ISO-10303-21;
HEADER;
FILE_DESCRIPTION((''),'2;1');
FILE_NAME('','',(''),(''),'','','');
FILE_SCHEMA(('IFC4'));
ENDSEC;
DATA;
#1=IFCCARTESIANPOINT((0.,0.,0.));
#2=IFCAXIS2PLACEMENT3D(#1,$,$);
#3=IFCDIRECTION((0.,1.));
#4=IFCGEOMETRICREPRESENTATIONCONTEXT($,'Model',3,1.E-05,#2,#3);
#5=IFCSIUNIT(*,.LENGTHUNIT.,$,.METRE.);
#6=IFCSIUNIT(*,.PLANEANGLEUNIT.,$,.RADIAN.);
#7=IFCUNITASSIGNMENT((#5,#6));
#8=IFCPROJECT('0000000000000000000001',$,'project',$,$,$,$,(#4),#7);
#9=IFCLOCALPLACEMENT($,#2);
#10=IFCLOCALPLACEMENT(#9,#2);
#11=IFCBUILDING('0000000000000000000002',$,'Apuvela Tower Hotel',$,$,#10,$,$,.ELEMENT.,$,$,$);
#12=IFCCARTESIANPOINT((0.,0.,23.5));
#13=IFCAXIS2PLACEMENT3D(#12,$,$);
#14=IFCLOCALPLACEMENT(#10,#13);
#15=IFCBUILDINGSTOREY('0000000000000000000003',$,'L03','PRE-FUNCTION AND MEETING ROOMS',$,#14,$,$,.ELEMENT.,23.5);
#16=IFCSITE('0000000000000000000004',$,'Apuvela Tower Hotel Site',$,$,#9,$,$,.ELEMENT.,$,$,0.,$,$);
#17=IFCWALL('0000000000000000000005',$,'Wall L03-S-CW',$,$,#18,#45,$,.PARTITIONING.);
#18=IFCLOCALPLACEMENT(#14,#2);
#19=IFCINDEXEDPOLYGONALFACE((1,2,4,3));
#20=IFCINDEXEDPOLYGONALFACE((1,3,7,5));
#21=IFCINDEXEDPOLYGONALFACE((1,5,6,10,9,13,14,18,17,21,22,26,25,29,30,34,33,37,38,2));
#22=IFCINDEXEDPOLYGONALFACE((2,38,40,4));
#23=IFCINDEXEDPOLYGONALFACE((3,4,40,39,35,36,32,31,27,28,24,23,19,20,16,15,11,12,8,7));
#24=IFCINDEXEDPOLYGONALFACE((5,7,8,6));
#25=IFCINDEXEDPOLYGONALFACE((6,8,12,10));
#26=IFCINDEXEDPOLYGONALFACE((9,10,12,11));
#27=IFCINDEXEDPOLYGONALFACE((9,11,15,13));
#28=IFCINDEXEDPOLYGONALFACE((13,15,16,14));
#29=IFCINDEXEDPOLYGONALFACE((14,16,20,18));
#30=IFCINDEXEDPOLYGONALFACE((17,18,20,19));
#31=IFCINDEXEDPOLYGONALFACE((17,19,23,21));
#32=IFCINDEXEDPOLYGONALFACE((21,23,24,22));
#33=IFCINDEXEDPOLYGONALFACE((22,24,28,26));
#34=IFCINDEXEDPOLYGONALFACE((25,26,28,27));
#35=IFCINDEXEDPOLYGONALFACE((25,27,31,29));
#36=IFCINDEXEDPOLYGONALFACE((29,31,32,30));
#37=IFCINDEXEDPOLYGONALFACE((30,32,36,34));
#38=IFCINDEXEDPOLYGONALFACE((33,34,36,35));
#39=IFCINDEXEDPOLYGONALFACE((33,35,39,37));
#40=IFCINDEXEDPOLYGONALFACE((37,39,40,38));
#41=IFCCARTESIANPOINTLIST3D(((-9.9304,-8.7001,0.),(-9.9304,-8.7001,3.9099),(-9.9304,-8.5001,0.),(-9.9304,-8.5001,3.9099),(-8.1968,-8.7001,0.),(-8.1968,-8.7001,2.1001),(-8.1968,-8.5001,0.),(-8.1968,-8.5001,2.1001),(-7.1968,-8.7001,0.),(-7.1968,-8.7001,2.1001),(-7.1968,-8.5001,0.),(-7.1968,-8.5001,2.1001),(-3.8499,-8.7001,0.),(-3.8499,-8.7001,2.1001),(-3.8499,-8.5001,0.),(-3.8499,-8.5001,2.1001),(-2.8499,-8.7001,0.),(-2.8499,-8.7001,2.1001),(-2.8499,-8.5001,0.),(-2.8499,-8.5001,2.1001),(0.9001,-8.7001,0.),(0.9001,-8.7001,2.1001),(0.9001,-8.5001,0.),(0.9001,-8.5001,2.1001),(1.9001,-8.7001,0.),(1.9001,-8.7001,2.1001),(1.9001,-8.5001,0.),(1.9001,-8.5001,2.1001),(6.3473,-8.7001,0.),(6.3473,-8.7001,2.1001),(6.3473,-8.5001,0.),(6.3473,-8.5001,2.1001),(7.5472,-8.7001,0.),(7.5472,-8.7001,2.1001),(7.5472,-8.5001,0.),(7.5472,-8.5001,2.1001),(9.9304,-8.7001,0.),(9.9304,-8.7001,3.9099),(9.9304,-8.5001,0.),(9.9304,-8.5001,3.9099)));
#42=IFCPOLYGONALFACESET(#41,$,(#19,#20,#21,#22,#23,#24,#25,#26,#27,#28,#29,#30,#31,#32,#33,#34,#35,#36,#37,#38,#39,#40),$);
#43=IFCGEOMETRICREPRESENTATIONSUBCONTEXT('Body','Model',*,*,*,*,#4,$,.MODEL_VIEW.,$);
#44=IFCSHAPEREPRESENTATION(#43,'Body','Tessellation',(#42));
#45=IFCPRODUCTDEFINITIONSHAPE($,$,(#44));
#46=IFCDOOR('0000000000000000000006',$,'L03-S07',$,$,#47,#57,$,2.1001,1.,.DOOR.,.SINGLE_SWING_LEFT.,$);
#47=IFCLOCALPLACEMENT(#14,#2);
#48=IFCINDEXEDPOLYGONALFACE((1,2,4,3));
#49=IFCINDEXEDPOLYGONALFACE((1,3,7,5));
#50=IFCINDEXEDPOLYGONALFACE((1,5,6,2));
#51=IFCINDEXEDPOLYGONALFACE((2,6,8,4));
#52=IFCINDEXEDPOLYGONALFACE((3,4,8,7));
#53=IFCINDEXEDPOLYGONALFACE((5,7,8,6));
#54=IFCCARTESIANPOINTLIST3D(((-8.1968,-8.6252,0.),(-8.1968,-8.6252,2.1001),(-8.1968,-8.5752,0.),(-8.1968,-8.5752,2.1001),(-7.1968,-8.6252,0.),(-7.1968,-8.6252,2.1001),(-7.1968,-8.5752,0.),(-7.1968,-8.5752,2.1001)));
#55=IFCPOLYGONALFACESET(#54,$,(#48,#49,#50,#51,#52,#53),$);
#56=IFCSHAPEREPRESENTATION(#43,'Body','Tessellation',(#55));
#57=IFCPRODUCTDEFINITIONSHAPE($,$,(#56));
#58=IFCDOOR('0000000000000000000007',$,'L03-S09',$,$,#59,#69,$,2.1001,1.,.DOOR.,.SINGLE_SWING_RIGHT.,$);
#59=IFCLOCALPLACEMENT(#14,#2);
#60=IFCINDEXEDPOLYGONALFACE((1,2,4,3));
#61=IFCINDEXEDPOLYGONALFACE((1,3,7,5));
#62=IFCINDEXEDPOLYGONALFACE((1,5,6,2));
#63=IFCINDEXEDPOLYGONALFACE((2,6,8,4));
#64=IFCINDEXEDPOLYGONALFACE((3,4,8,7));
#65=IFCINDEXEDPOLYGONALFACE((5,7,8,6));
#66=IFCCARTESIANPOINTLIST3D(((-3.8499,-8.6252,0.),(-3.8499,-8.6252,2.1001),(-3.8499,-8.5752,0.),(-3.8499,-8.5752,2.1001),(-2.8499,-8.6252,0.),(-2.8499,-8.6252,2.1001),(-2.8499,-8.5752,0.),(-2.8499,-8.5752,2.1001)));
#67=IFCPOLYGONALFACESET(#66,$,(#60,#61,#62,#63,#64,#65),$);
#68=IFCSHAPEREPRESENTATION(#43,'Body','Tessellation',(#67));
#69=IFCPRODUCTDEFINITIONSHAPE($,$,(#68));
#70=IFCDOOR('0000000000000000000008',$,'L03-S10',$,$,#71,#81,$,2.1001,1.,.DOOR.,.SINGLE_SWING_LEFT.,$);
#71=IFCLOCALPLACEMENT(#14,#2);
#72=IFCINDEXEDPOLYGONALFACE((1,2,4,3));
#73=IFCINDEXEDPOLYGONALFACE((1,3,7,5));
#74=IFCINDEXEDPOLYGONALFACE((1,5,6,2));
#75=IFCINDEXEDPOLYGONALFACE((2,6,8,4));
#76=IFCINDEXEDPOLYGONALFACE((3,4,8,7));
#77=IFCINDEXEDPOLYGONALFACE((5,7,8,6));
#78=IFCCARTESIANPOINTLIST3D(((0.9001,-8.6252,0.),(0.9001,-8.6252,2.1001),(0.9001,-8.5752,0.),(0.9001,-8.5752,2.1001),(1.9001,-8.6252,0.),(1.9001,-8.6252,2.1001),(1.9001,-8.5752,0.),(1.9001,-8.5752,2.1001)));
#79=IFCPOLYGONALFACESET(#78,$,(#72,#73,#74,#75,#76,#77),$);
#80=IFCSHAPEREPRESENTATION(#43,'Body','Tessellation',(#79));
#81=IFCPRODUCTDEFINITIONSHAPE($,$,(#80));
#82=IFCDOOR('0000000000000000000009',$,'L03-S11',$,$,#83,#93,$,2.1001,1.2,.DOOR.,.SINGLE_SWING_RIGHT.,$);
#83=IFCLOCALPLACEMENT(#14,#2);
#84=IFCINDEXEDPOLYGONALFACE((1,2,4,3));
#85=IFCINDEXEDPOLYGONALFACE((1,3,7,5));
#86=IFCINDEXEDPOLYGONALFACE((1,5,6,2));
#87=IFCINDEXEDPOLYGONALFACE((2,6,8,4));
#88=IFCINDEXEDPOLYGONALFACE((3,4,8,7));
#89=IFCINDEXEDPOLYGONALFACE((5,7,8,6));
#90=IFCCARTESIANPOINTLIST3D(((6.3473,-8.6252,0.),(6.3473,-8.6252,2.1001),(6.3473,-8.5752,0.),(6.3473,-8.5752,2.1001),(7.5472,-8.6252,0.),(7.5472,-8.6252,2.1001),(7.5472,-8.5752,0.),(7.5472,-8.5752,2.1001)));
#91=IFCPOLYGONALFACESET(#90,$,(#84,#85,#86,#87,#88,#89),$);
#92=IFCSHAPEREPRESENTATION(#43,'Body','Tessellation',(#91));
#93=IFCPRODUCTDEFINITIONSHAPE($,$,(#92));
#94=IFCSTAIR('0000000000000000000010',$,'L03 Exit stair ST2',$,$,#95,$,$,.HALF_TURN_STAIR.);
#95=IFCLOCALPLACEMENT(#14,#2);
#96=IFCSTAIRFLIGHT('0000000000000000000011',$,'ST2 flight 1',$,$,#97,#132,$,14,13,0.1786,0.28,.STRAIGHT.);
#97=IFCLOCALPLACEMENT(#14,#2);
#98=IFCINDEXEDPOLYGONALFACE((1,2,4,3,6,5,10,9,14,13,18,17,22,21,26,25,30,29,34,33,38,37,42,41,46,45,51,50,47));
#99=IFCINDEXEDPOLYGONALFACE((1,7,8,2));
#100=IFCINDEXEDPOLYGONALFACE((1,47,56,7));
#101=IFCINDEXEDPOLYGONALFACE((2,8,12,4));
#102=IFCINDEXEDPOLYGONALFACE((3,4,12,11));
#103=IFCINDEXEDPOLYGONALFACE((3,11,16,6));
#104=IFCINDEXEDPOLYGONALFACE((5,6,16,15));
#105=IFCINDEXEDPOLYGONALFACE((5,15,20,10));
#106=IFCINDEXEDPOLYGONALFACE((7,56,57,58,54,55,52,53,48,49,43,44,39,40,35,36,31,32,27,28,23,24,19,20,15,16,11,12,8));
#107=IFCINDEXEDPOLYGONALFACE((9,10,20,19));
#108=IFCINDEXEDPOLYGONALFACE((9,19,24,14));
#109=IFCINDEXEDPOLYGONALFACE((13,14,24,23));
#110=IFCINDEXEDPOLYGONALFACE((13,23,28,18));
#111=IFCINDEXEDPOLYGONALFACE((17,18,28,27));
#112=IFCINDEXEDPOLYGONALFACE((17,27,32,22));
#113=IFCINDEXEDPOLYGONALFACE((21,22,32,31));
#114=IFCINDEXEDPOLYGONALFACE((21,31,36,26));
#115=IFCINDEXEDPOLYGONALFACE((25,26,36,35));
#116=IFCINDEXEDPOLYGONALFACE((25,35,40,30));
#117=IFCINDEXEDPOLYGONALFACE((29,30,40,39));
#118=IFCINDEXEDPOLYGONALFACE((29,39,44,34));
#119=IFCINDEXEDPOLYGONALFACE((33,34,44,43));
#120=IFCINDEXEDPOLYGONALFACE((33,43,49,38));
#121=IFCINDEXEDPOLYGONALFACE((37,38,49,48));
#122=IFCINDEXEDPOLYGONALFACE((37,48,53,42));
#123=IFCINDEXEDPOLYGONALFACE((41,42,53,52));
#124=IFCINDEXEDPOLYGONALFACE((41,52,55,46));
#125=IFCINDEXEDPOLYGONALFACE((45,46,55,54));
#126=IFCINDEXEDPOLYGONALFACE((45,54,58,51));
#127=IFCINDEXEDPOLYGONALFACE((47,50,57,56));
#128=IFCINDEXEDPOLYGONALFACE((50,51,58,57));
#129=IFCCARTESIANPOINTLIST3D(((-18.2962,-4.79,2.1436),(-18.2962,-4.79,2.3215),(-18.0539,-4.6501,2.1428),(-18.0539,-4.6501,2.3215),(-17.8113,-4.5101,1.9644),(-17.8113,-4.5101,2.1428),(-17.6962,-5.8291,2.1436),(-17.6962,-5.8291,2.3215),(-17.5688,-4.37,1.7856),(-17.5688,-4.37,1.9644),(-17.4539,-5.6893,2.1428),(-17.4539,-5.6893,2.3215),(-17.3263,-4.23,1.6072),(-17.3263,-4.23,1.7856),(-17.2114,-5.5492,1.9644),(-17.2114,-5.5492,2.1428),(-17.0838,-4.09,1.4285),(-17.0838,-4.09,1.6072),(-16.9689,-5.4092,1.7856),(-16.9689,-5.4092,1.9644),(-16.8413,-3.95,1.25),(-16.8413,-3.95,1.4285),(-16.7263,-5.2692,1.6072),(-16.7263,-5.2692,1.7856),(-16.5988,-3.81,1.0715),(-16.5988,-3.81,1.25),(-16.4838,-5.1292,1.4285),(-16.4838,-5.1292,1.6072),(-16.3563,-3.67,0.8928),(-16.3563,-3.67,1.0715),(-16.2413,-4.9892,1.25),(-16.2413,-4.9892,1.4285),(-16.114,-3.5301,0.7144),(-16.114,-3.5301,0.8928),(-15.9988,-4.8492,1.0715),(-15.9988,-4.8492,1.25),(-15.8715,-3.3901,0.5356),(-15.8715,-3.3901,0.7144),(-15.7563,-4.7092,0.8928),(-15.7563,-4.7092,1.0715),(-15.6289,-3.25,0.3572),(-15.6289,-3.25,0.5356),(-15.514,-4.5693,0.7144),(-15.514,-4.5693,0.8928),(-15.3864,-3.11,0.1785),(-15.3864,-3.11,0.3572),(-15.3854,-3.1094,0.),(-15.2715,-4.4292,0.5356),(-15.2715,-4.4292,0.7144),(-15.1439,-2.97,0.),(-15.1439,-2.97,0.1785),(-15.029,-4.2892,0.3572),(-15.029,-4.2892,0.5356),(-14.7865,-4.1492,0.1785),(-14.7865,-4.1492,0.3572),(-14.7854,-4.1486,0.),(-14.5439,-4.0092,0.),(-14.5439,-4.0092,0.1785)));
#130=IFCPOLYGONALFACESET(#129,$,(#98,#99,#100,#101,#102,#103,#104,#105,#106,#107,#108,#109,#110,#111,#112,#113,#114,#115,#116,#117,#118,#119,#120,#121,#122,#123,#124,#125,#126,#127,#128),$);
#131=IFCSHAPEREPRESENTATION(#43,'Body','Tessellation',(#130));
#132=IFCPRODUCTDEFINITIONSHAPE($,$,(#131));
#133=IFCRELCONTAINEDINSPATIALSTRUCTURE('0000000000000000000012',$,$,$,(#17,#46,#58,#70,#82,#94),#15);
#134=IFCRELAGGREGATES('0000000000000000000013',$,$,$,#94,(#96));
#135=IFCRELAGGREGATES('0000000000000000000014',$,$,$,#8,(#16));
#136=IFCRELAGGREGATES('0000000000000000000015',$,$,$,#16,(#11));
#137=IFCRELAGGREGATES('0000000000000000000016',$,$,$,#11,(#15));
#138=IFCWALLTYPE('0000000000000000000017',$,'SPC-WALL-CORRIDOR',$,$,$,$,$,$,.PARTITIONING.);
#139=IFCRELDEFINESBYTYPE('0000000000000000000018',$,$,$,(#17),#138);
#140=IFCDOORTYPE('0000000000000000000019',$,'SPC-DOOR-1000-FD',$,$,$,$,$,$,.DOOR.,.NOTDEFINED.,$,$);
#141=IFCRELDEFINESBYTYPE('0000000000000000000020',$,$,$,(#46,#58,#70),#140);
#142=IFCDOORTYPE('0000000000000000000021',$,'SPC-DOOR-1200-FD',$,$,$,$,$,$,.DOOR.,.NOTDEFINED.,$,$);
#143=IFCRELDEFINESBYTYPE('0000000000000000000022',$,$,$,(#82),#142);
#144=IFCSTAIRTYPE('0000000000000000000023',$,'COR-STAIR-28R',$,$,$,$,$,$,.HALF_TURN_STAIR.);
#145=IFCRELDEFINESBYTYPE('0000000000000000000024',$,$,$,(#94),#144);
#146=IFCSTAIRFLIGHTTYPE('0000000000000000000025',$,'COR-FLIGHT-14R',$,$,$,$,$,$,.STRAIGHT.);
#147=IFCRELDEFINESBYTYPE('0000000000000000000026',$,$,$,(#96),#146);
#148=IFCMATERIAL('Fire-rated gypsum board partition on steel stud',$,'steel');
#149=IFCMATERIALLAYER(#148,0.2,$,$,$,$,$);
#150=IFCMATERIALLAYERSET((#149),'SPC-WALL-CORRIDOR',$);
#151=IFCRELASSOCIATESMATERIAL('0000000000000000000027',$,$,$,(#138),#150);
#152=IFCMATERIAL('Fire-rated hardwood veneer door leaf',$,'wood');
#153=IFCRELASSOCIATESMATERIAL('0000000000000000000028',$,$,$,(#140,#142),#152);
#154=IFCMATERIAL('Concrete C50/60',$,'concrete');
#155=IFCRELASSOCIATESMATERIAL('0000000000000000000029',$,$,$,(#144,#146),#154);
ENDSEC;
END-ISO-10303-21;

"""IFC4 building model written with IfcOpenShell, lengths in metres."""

from ifc_helpers import new_model, si_unit, direction, frame, frame_2d, origin, place, context, subcontext, project, spatial, polyline, rectangle, outline, extrude, material, layer, layer_set, type_object, element, fill, aggregate, save


model = new_model("IFC4")

# Units and contexts
model_context = context("Model", 3, precision=1e-05, world=origin(), true_north=direction((0.0, 1.0)))
body_context = subcontext(model_context, "Body", "Model", "MODEL_VIEW")
ifc_project = project(units=[si_unit("LENGTHUNIT", "METRE"), si_unit("PLANEANGLEUNIT", "RADIAN")], contexts=[model_context])

# Site, building, storey
site_placement = place(None, origin())
site = spatial("IfcSite", under=ifc_project, at=site_placement, Name="Apuvela Tower Hotel Site", CompositionType="ELEMENT", RefElevation=0.0)
building_placement = place(site_placement, origin())
building = spatial("IfcBuilding", under=site, at=building_placement, Name="Apuvela Tower Hotel", CompositionType="ELEMENT")
storey_placement = place(building_placement, frame((0.0, 0.0, 23.5)))
storey = spatial("IfcBuildingStorey", under=building, at=storey_placement, Name="L03", Description="PRE-FUNCTION AND MEETING ROOMS", CompositionType="ELEMENT", Elevation=23.5)

# Shared definitions
ifc_material_1 = material(Name="Concrete C50/60", Category="concrete")

# Wall, openings, doors
ifc_material_2 = material(Name="Fire-rated gypsum board partition on steel stud", Category="steel")
ifc_layer_1 = layer(ifc_material_2, 0.2)
ifc_layer_set_1 = layer_set([ifc_layer_1], Name="SPC-WALL-CORRIDOR")
wall_type_1 = type_object("IfcWallType", Name="SPC-WALL-CORRIDOR", PredefinedType="PARTITIONING", material=ifc_layer_set_1)
wall_1_placement = place(storey_placement, frame((-9.9304, -8.6001, 0.0), z_axis=(0.0, 0.0, 1.0), x_axis=(1.0, 0.0, 0.0)))
wall_1 = element("IfcWall", 1, at=wall_1_placement, inside=storey, type_object=wall_type_1, Name="Wall L03-S-CW", PredefinedType="PARTITIONING", context=body_context, shape_type="SweptSolid", body=[
    extrude(rectangle(XDim=19.8608, YDim=0.2, at=frame_2d((9.9304, 0.0))), origin(), (0.0, 0.0, 1.0), 3.9099),
])
opening_1_placement = place(wall_1_placement, frame((1.7336, 0.0, 0.0)))
opening_1 = element("IfcOpeningElement", 2, at=opening_1_placement, cuts=wall_1, PredefinedType="OPENING", context=body_context, shape_type="SweptSolid", body=[
    extrude(rectangle(XDim=1.0, YDim=2.1001, at=frame_2d((0.5, 1.05))), frame((0.0, 0.1099, 0.0), z_axis=(0.0, -1.0, 0.0), x_axis=(1.0, 0.0, 0.0)), (0.0, 0.0, 1.0), 0.22),
])
opening_2_placement = place(wall_1_placement, frame((6.0806, 0.0, 0.0)))
opening_2 = element("IfcOpeningElement", 3, at=opening_2_placement, cuts=wall_1, PredefinedType="OPENING", context=body_context, shape_type="SweptSolid", body=[
    extrude(rectangle(XDim=1.0, YDim=2.1001, at=frame_2d((0.5, 1.05))), frame((0.0, 0.1099, 0.0), z_axis=(0.0, -1.0, 0.0), x_axis=(1.0, 0.0, 0.0)), (0.0, 0.0, 1.0), 0.22),
])
opening_3_placement = place(wall_1_placement, frame((10.8306, 0.0, 0.0)))
opening_3 = element("IfcOpeningElement", 4, at=opening_3_placement, cuts=wall_1, PredefinedType="OPENING", context=body_context, shape_type="SweptSolid", body=[
    extrude(rectangle(XDim=1.0, YDim=2.1001, at=frame_2d((0.5, 1.05))), frame((0.0, 0.1099, 0.0), z_axis=(0.0, -1.0, 0.0), x_axis=(1.0, 0.0, 0.0)), (0.0, 0.0, 1.0), 0.22),
])
opening_4_placement = place(wall_1_placement, frame((16.2776, 0.0, 0.0)))
opening_4 = element("IfcOpeningElement", 5, at=opening_4_placement, cuts=wall_1, PredefinedType="OPENING", context=body_context, shape_type="SweptSolid", body=[
    extrude(rectangle(XDim=1.2, YDim=2.1001, at=frame_2d((0.6001, 1.05))), frame((0.0, 0.1099, 0.0), z_axis=(0.0, -1.0, 0.0), x_axis=(1.0, 0.0, 0.0)), (0.0, 0.0, 1.0), 0.22),
])
ifc_material_3 = material(Name="Fire-rated hardwood veneer door leaf", Category="wood")
door_type_1 = type_object("IfcDoorType", Name="SPC-DOOR-1000-FD", OperationType="NOTDEFINED", PredefinedType="DOOR", material=ifc_material_3)
door_1_placement = place(opening_1_placement, origin())
door_1 = element("IfcDoor", 6, at=door_1_placement, inside=storey, type_object=door_type_1, Name="L03-S07", OperationType="SINGLE_SWING_LEFT", OverallHeight=2.1001, OverallWidth=1.0, PredefinedType="DOOR", context=body_context, shape_type="SweptSolid", body=[
    extrude(rectangle(XDim=1.0, YDim=2.1001, at=frame_2d((0.5, 1.05))), frame((0.0, 0.0249, 0.0), z_axis=(0.0, -1.0, 0.0), x_axis=(1.0, 0.0, 0.0)), (0.0, 0.0, 1.0), 0.05),
])
fill(opening_1, door_1)
door_2_placement = place(opening_2_placement, origin())
door_2 = element("IfcDoor", 7, at=door_2_placement, inside=storey, type_object=door_type_1, Name="L03-S09", OperationType="SINGLE_SWING_RIGHT", OverallHeight=2.1001, OverallWidth=1.0, PredefinedType="DOOR", context=body_context, shape_type="SweptSolid", body=[
    extrude(rectangle(XDim=1.0, YDim=2.1001, at=frame_2d((0.5, 1.05))), frame((0.0, 0.0249, 0.0), z_axis=(0.0, -1.0, 0.0), x_axis=(1.0, 0.0, 0.0)), (0.0, 0.0, 1.0), 0.05),
])
fill(opening_2, door_2)
door_3_placement = place(opening_3_placement, origin())
door_3 = element("IfcDoor", 8, at=door_3_placement, inside=storey, type_object=door_type_1, Name="L03-S10", OperationType="SINGLE_SWING_LEFT", OverallHeight=2.1001, OverallWidth=1.0, PredefinedType="DOOR", context=body_context, shape_type="SweptSolid", body=[
    extrude(rectangle(XDim=1.0, YDim=2.1001, at=frame_2d((0.5, 1.05))), frame((0.0, 0.0249, 0.0), z_axis=(0.0, -1.0, 0.0), x_axis=(1.0, 0.0, 0.0)), (0.0, 0.0, 1.0), 0.05),
])
fill(opening_3, door_3)
door_type_2 = type_object("IfcDoorType", Name="SPC-DOOR-1200-FD", OperationType="NOTDEFINED", PredefinedType="DOOR", material=ifc_material_3)
door_4_placement = place(opening_4_placement, origin())
door_4 = element("IfcDoor", 9, at=door_4_placement, inside=storey, type_object=door_type_2, Name="L03-S11", OperationType="SINGLE_SWING_RIGHT", OverallHeight=2.1001, OverallWidth=1.2, PredefinedType="DOOR", context=body_context, shape_type="SweptSolid", body=[
    extrude(rectangle(XDim=1.2, YDim=2.1001, at=frame_2d((0.6001, 1.05))), frame((0.0, 0.0249, 0.0), z_axis=(0.0, -1.0, 0.0), x_axis=(1.0, 0.0, 0.0)), (0.0, 0.0, 1.0), 0.05),
])
fill(opening_4, door_4)

# Stair, stair flight
stair_type = type_object("IfcStairType", Name="COR-STAIR-28R", PredefinedType="HALF_TURN_STAIR", material=ifc_material_1)
stair_placement = place(storey_placement, origin())
stair = element("IfcStair", 10, at=stair_placement, inside=storey, type_object=stair_type, Name="L03 Exit stair ST2", PredefinedType="HALF_TURN_STAIR")
stair_flight_type = type_object("IfcStairFlightType", Name="COR-FLIGHT-14R", PredefinedType="STRAIGHT", material=ifc_material_1)
stair_flight_placement = place(storey_placement, frame((-14.844, -3.4895, 0.0), z_axis=(0.0, 0.0, 1.0), x_axis=(-0.866025, -0.5, 0.0)))
stair_flight = element("IfcStairFlight", 11, at=stair_flight_placement, type_object=stair_flight_type, Name="ST2 flight 1", NumberOfRisers=14, NumberOfTreads=13, PredefinedType="STRAIGHT", RiserHeight=0.1786, TreadLength=0.28, context=body_context, shape_type="SweptSolid", body=[
    extrude(outline(polyline([(0.0, 0.0), (0.0, 0.1785), (0.28, 0.1785), (0.28, 0.3572), (0.5601, 0.3572), (0.5601, 0.5356), (0.8401, 0.5356), (0.8401, 0.7144), (1.1201, 0.7144), (1.1201, 0.8928), (1.3999, 0.8928), (1.3999, 1.0715), (1.6799, 1.0715), (1.6799, 1.25), (1.96, 1.25), (1.96, 1.4285), (2.24, 1.4285), (2.24, 1.6072), (2.52, 1.6072), (2.52, 1.7856), (2.8, 1.7856), (2.8, 1.9644), (3.0801, 1.9644), (3.0801, 2.1428), (3.3601, 2.1428), (3.3601, 2.3215), (3.6399, 2.3215), (3.6399, 2.5), (3.6399, 2.1436), (0.2788, 0.0), (0.0, 0.0)])), frame((0.0, 0.6001, 0.0), z_axis=(0.0, -1.0, 0.0), x_axis=(1.0, 0.0, 0.0)), (0.0, 0.0, 1.0), 1.2),
])
aggregate(stair, [stair_flight])

save(model, "model.ifc")
